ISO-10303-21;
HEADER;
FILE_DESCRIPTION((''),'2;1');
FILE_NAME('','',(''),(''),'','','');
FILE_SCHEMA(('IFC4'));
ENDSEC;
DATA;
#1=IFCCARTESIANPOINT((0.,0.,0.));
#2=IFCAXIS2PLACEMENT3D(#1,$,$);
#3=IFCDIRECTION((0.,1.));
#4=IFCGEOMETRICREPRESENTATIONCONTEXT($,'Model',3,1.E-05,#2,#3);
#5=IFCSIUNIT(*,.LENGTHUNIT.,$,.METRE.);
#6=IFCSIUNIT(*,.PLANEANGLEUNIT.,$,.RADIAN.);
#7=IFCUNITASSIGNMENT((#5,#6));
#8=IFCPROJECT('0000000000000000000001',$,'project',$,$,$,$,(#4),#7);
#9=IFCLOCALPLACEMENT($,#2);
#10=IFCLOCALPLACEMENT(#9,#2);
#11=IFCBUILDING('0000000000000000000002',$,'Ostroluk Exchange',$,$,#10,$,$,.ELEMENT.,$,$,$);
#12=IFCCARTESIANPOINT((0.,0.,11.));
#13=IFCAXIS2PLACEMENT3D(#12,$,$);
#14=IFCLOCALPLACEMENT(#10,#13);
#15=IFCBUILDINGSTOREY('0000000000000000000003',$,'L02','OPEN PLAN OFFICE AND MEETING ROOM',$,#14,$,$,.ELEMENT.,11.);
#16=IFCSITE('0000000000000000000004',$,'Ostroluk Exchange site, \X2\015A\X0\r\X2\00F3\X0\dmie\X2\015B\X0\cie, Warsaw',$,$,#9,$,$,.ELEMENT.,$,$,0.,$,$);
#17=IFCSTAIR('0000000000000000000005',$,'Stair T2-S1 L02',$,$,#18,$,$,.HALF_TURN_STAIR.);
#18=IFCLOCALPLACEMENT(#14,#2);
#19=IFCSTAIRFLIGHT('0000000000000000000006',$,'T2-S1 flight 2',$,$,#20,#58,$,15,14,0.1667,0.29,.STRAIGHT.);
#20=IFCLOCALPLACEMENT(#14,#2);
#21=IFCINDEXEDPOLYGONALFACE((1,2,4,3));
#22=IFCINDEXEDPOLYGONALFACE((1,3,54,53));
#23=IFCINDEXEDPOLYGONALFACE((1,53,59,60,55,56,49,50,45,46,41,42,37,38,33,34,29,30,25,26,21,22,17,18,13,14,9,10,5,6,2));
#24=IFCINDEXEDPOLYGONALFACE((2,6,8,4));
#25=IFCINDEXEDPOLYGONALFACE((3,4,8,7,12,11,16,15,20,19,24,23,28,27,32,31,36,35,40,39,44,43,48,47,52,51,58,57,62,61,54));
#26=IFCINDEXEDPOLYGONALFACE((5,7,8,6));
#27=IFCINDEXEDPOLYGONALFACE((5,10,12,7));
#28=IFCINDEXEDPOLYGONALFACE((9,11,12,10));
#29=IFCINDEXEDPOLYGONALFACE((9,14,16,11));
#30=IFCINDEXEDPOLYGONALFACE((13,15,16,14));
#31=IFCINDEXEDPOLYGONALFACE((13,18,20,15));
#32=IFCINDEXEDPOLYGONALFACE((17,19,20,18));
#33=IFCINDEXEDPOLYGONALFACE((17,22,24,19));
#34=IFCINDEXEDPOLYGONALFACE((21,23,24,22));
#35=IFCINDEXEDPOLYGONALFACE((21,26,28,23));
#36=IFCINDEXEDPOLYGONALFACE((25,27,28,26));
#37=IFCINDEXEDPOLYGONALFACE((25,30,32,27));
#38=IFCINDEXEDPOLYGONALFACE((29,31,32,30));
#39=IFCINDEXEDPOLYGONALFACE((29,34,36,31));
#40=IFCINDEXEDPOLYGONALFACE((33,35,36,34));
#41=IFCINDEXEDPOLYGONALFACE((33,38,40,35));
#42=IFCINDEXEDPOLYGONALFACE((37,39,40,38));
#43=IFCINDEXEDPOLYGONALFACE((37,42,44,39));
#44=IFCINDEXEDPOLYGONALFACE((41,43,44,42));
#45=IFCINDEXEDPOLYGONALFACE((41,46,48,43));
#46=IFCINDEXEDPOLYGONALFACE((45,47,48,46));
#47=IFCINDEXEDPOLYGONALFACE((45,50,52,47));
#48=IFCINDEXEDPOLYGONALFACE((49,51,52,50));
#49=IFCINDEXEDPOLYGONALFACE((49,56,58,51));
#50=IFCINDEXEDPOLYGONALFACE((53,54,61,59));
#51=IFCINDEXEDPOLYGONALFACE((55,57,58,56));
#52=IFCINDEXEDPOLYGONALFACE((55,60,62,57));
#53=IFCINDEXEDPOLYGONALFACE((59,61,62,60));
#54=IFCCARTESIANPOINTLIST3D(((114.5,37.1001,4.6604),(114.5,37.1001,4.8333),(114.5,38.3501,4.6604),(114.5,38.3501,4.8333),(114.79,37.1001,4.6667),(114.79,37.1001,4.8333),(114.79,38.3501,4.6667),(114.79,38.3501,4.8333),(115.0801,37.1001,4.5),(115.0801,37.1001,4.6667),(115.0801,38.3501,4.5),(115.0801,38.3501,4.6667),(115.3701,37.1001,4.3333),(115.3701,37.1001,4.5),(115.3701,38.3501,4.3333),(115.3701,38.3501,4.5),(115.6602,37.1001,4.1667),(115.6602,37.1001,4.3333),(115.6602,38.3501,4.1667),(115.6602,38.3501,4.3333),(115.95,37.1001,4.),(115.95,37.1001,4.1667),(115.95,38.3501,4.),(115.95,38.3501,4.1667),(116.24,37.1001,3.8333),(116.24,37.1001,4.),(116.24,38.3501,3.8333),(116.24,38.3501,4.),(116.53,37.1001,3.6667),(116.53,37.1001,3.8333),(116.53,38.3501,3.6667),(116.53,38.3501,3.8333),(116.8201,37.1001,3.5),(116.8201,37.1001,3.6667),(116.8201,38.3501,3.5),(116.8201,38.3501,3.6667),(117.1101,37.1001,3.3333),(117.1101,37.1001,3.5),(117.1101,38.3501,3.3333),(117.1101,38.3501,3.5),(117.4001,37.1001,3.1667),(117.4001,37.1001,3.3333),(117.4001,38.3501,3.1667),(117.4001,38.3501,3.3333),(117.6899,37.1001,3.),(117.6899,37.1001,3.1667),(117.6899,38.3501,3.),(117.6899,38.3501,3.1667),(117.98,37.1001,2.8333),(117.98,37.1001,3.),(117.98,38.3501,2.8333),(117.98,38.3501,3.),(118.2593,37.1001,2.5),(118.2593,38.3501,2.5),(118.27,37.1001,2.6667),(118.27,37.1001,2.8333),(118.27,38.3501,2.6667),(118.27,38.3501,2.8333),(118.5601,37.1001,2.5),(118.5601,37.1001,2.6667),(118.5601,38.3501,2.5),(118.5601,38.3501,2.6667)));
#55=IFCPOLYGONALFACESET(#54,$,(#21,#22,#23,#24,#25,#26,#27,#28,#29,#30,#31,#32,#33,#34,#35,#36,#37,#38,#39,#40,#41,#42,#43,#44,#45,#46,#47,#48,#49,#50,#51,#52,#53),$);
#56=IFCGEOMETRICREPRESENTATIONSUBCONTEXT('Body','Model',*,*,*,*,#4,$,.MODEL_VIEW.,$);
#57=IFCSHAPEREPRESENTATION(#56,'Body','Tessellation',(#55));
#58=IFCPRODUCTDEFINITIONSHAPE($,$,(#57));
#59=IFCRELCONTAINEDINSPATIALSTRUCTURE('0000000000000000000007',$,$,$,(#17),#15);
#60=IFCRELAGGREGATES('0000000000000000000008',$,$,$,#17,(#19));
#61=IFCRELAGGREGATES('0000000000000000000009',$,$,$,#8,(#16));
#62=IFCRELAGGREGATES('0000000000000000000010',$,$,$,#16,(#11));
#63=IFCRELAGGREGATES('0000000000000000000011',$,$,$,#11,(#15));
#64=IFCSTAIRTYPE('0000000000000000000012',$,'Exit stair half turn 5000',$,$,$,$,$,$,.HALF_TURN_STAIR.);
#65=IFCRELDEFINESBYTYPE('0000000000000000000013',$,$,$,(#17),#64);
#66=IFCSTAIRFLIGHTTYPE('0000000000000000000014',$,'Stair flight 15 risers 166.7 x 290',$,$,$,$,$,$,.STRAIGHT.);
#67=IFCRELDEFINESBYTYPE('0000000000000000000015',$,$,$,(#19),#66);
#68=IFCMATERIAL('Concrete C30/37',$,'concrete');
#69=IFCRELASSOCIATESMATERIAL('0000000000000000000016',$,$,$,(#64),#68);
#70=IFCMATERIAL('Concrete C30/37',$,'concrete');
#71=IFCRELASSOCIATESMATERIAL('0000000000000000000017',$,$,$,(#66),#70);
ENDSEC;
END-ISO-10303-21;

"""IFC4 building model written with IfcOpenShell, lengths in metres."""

from ifc_helpers import new_model, si_unit, direction, frame, origin, place, context, subcontext, project, spatial, polyline, outline, extrude, material, type_object, element, aggregate, save


model = new_model("IFC4")

# Units and contexts
model_context = context("Model", 3, precision=1e-05, world=origin(), true_north=direction((0.0, 1.0)))
body_context = subcontext(model_context, "Body", "Model", "MODEL_VIEW")
ifc_project = project(units=[si_unit("LENGTHUNIT", "METRE"), si_unit("PLANEANGLEUNIT", "RADIAN")], contexts=[model_context])

# Site, building, storey
site_placement = place(None, origin())
site = spatial("IfcSite", under=ifc_project, at=site_placement, Name="Ostroluk Exchange site, Śródmieście, Warsaw", CompositionType="ELEMENT", RefElevation=0.0)
building_placement = place(site_placement, origin())
building = spatial("IfcBuilding", under=site, at=building_placement, Name="Ostroluk Exchange", CompositionType="ELEMENT")
storey_placement = place(building_placement, frame((0.0, 0.0, 11.0)))
storey = spatial("IfcBuildingStorey", under=building, at=storey_placement, Name="L02", Description="OPEN PLAN OFFICE AND MEETING ROOM", CompositionType="ELEMENT", Elevation=11.0)

# Stair, stair flight
ifc_material_1 = material(Name="Concrete C30/37", Category="concrete")
stair_type = type_object("IfcStairType", Name="Exit stair half turn 5000", PredefinedType="HALF_TURN_STAIR", material=ifc_material_1)
stair_placement = place(storey_placement, origin())
stair = element("IfcStair", 1, at=stair_placement, inside=storey, type_object=stair_type, Name="Stair T2-S1 L02", PredefinedType="HALF_TURN_STAIR")
ifc_material_2 = material(Name="Concrete C30/37", Category="concrete")
stair_flight_type = type_object("IfcStairFlightType", Name="Stair flight 15 risers 166.7 x 290", PredefinedType="STRAIGHT", material=ifc_material_2)
stair_flight_1_placement = place(storey_placement, frame((118.5601, 37.7251, 2.5), z_axis=(0.0, 0.0, 1.0), x_axis=(-1.0, 0.0, 0.0)))
stair_flight_1 = element("IfcStairFlight", 2, at=stair_flight_1_placement, type_object=stair_flight_type, Name="T2-S1 flight 2", NumberOfRisers=15, NumberOfTreads=14, PredefinedType="STRAIGHT", RiserHeight=0.1667, TreadLength=0.29, context=body_context, shape_type="SweptSolid", body=[
    extrude(outline(polyline([(0.0, 0.0), (0.0, 0.1667), (0.29, 0.1667), (0.29, 0.3333), (0.5801, 0.3333), (0.5801, 0.5), (0.8701, 0.5), (0.8701, 0.6667), (1.1599, 0.6667), (1.1599, 0.8333), (1.45, 0.8333), (1.45, 1.0), (1.74, 1.0), (1.74, 1.1667), (2.03, 1.1667), (2.03, 1.3333), (2.3201, 1.3333), (2.3201, 1.5), (2.6101, 1.5), (2.6101, 1.6667), (2.8999, 1.6667), (2.8999, 1.8333), (3.1899, 1.8333), (3.1899, 2.0), (3.48, 2.0), (3.48, 2.1667), (3.77, 2.1667), (3.77, 2.3333), (4.0601, 2.3333), (4.0601, 2.5), (4.0601, 2.1604), (0.3008, 0.0), (0.0, 0.0)])), frame((0.0, 0.625, 0.0), z_axis=(0.0, -1.0, 0.0), x_axis=(1.0, 0.0, 0.0)), (0.0, 0.0, 1.0), 1.25),
])
aggregate(stair, [stair_flight_1])

save(model, "model.ifc")
